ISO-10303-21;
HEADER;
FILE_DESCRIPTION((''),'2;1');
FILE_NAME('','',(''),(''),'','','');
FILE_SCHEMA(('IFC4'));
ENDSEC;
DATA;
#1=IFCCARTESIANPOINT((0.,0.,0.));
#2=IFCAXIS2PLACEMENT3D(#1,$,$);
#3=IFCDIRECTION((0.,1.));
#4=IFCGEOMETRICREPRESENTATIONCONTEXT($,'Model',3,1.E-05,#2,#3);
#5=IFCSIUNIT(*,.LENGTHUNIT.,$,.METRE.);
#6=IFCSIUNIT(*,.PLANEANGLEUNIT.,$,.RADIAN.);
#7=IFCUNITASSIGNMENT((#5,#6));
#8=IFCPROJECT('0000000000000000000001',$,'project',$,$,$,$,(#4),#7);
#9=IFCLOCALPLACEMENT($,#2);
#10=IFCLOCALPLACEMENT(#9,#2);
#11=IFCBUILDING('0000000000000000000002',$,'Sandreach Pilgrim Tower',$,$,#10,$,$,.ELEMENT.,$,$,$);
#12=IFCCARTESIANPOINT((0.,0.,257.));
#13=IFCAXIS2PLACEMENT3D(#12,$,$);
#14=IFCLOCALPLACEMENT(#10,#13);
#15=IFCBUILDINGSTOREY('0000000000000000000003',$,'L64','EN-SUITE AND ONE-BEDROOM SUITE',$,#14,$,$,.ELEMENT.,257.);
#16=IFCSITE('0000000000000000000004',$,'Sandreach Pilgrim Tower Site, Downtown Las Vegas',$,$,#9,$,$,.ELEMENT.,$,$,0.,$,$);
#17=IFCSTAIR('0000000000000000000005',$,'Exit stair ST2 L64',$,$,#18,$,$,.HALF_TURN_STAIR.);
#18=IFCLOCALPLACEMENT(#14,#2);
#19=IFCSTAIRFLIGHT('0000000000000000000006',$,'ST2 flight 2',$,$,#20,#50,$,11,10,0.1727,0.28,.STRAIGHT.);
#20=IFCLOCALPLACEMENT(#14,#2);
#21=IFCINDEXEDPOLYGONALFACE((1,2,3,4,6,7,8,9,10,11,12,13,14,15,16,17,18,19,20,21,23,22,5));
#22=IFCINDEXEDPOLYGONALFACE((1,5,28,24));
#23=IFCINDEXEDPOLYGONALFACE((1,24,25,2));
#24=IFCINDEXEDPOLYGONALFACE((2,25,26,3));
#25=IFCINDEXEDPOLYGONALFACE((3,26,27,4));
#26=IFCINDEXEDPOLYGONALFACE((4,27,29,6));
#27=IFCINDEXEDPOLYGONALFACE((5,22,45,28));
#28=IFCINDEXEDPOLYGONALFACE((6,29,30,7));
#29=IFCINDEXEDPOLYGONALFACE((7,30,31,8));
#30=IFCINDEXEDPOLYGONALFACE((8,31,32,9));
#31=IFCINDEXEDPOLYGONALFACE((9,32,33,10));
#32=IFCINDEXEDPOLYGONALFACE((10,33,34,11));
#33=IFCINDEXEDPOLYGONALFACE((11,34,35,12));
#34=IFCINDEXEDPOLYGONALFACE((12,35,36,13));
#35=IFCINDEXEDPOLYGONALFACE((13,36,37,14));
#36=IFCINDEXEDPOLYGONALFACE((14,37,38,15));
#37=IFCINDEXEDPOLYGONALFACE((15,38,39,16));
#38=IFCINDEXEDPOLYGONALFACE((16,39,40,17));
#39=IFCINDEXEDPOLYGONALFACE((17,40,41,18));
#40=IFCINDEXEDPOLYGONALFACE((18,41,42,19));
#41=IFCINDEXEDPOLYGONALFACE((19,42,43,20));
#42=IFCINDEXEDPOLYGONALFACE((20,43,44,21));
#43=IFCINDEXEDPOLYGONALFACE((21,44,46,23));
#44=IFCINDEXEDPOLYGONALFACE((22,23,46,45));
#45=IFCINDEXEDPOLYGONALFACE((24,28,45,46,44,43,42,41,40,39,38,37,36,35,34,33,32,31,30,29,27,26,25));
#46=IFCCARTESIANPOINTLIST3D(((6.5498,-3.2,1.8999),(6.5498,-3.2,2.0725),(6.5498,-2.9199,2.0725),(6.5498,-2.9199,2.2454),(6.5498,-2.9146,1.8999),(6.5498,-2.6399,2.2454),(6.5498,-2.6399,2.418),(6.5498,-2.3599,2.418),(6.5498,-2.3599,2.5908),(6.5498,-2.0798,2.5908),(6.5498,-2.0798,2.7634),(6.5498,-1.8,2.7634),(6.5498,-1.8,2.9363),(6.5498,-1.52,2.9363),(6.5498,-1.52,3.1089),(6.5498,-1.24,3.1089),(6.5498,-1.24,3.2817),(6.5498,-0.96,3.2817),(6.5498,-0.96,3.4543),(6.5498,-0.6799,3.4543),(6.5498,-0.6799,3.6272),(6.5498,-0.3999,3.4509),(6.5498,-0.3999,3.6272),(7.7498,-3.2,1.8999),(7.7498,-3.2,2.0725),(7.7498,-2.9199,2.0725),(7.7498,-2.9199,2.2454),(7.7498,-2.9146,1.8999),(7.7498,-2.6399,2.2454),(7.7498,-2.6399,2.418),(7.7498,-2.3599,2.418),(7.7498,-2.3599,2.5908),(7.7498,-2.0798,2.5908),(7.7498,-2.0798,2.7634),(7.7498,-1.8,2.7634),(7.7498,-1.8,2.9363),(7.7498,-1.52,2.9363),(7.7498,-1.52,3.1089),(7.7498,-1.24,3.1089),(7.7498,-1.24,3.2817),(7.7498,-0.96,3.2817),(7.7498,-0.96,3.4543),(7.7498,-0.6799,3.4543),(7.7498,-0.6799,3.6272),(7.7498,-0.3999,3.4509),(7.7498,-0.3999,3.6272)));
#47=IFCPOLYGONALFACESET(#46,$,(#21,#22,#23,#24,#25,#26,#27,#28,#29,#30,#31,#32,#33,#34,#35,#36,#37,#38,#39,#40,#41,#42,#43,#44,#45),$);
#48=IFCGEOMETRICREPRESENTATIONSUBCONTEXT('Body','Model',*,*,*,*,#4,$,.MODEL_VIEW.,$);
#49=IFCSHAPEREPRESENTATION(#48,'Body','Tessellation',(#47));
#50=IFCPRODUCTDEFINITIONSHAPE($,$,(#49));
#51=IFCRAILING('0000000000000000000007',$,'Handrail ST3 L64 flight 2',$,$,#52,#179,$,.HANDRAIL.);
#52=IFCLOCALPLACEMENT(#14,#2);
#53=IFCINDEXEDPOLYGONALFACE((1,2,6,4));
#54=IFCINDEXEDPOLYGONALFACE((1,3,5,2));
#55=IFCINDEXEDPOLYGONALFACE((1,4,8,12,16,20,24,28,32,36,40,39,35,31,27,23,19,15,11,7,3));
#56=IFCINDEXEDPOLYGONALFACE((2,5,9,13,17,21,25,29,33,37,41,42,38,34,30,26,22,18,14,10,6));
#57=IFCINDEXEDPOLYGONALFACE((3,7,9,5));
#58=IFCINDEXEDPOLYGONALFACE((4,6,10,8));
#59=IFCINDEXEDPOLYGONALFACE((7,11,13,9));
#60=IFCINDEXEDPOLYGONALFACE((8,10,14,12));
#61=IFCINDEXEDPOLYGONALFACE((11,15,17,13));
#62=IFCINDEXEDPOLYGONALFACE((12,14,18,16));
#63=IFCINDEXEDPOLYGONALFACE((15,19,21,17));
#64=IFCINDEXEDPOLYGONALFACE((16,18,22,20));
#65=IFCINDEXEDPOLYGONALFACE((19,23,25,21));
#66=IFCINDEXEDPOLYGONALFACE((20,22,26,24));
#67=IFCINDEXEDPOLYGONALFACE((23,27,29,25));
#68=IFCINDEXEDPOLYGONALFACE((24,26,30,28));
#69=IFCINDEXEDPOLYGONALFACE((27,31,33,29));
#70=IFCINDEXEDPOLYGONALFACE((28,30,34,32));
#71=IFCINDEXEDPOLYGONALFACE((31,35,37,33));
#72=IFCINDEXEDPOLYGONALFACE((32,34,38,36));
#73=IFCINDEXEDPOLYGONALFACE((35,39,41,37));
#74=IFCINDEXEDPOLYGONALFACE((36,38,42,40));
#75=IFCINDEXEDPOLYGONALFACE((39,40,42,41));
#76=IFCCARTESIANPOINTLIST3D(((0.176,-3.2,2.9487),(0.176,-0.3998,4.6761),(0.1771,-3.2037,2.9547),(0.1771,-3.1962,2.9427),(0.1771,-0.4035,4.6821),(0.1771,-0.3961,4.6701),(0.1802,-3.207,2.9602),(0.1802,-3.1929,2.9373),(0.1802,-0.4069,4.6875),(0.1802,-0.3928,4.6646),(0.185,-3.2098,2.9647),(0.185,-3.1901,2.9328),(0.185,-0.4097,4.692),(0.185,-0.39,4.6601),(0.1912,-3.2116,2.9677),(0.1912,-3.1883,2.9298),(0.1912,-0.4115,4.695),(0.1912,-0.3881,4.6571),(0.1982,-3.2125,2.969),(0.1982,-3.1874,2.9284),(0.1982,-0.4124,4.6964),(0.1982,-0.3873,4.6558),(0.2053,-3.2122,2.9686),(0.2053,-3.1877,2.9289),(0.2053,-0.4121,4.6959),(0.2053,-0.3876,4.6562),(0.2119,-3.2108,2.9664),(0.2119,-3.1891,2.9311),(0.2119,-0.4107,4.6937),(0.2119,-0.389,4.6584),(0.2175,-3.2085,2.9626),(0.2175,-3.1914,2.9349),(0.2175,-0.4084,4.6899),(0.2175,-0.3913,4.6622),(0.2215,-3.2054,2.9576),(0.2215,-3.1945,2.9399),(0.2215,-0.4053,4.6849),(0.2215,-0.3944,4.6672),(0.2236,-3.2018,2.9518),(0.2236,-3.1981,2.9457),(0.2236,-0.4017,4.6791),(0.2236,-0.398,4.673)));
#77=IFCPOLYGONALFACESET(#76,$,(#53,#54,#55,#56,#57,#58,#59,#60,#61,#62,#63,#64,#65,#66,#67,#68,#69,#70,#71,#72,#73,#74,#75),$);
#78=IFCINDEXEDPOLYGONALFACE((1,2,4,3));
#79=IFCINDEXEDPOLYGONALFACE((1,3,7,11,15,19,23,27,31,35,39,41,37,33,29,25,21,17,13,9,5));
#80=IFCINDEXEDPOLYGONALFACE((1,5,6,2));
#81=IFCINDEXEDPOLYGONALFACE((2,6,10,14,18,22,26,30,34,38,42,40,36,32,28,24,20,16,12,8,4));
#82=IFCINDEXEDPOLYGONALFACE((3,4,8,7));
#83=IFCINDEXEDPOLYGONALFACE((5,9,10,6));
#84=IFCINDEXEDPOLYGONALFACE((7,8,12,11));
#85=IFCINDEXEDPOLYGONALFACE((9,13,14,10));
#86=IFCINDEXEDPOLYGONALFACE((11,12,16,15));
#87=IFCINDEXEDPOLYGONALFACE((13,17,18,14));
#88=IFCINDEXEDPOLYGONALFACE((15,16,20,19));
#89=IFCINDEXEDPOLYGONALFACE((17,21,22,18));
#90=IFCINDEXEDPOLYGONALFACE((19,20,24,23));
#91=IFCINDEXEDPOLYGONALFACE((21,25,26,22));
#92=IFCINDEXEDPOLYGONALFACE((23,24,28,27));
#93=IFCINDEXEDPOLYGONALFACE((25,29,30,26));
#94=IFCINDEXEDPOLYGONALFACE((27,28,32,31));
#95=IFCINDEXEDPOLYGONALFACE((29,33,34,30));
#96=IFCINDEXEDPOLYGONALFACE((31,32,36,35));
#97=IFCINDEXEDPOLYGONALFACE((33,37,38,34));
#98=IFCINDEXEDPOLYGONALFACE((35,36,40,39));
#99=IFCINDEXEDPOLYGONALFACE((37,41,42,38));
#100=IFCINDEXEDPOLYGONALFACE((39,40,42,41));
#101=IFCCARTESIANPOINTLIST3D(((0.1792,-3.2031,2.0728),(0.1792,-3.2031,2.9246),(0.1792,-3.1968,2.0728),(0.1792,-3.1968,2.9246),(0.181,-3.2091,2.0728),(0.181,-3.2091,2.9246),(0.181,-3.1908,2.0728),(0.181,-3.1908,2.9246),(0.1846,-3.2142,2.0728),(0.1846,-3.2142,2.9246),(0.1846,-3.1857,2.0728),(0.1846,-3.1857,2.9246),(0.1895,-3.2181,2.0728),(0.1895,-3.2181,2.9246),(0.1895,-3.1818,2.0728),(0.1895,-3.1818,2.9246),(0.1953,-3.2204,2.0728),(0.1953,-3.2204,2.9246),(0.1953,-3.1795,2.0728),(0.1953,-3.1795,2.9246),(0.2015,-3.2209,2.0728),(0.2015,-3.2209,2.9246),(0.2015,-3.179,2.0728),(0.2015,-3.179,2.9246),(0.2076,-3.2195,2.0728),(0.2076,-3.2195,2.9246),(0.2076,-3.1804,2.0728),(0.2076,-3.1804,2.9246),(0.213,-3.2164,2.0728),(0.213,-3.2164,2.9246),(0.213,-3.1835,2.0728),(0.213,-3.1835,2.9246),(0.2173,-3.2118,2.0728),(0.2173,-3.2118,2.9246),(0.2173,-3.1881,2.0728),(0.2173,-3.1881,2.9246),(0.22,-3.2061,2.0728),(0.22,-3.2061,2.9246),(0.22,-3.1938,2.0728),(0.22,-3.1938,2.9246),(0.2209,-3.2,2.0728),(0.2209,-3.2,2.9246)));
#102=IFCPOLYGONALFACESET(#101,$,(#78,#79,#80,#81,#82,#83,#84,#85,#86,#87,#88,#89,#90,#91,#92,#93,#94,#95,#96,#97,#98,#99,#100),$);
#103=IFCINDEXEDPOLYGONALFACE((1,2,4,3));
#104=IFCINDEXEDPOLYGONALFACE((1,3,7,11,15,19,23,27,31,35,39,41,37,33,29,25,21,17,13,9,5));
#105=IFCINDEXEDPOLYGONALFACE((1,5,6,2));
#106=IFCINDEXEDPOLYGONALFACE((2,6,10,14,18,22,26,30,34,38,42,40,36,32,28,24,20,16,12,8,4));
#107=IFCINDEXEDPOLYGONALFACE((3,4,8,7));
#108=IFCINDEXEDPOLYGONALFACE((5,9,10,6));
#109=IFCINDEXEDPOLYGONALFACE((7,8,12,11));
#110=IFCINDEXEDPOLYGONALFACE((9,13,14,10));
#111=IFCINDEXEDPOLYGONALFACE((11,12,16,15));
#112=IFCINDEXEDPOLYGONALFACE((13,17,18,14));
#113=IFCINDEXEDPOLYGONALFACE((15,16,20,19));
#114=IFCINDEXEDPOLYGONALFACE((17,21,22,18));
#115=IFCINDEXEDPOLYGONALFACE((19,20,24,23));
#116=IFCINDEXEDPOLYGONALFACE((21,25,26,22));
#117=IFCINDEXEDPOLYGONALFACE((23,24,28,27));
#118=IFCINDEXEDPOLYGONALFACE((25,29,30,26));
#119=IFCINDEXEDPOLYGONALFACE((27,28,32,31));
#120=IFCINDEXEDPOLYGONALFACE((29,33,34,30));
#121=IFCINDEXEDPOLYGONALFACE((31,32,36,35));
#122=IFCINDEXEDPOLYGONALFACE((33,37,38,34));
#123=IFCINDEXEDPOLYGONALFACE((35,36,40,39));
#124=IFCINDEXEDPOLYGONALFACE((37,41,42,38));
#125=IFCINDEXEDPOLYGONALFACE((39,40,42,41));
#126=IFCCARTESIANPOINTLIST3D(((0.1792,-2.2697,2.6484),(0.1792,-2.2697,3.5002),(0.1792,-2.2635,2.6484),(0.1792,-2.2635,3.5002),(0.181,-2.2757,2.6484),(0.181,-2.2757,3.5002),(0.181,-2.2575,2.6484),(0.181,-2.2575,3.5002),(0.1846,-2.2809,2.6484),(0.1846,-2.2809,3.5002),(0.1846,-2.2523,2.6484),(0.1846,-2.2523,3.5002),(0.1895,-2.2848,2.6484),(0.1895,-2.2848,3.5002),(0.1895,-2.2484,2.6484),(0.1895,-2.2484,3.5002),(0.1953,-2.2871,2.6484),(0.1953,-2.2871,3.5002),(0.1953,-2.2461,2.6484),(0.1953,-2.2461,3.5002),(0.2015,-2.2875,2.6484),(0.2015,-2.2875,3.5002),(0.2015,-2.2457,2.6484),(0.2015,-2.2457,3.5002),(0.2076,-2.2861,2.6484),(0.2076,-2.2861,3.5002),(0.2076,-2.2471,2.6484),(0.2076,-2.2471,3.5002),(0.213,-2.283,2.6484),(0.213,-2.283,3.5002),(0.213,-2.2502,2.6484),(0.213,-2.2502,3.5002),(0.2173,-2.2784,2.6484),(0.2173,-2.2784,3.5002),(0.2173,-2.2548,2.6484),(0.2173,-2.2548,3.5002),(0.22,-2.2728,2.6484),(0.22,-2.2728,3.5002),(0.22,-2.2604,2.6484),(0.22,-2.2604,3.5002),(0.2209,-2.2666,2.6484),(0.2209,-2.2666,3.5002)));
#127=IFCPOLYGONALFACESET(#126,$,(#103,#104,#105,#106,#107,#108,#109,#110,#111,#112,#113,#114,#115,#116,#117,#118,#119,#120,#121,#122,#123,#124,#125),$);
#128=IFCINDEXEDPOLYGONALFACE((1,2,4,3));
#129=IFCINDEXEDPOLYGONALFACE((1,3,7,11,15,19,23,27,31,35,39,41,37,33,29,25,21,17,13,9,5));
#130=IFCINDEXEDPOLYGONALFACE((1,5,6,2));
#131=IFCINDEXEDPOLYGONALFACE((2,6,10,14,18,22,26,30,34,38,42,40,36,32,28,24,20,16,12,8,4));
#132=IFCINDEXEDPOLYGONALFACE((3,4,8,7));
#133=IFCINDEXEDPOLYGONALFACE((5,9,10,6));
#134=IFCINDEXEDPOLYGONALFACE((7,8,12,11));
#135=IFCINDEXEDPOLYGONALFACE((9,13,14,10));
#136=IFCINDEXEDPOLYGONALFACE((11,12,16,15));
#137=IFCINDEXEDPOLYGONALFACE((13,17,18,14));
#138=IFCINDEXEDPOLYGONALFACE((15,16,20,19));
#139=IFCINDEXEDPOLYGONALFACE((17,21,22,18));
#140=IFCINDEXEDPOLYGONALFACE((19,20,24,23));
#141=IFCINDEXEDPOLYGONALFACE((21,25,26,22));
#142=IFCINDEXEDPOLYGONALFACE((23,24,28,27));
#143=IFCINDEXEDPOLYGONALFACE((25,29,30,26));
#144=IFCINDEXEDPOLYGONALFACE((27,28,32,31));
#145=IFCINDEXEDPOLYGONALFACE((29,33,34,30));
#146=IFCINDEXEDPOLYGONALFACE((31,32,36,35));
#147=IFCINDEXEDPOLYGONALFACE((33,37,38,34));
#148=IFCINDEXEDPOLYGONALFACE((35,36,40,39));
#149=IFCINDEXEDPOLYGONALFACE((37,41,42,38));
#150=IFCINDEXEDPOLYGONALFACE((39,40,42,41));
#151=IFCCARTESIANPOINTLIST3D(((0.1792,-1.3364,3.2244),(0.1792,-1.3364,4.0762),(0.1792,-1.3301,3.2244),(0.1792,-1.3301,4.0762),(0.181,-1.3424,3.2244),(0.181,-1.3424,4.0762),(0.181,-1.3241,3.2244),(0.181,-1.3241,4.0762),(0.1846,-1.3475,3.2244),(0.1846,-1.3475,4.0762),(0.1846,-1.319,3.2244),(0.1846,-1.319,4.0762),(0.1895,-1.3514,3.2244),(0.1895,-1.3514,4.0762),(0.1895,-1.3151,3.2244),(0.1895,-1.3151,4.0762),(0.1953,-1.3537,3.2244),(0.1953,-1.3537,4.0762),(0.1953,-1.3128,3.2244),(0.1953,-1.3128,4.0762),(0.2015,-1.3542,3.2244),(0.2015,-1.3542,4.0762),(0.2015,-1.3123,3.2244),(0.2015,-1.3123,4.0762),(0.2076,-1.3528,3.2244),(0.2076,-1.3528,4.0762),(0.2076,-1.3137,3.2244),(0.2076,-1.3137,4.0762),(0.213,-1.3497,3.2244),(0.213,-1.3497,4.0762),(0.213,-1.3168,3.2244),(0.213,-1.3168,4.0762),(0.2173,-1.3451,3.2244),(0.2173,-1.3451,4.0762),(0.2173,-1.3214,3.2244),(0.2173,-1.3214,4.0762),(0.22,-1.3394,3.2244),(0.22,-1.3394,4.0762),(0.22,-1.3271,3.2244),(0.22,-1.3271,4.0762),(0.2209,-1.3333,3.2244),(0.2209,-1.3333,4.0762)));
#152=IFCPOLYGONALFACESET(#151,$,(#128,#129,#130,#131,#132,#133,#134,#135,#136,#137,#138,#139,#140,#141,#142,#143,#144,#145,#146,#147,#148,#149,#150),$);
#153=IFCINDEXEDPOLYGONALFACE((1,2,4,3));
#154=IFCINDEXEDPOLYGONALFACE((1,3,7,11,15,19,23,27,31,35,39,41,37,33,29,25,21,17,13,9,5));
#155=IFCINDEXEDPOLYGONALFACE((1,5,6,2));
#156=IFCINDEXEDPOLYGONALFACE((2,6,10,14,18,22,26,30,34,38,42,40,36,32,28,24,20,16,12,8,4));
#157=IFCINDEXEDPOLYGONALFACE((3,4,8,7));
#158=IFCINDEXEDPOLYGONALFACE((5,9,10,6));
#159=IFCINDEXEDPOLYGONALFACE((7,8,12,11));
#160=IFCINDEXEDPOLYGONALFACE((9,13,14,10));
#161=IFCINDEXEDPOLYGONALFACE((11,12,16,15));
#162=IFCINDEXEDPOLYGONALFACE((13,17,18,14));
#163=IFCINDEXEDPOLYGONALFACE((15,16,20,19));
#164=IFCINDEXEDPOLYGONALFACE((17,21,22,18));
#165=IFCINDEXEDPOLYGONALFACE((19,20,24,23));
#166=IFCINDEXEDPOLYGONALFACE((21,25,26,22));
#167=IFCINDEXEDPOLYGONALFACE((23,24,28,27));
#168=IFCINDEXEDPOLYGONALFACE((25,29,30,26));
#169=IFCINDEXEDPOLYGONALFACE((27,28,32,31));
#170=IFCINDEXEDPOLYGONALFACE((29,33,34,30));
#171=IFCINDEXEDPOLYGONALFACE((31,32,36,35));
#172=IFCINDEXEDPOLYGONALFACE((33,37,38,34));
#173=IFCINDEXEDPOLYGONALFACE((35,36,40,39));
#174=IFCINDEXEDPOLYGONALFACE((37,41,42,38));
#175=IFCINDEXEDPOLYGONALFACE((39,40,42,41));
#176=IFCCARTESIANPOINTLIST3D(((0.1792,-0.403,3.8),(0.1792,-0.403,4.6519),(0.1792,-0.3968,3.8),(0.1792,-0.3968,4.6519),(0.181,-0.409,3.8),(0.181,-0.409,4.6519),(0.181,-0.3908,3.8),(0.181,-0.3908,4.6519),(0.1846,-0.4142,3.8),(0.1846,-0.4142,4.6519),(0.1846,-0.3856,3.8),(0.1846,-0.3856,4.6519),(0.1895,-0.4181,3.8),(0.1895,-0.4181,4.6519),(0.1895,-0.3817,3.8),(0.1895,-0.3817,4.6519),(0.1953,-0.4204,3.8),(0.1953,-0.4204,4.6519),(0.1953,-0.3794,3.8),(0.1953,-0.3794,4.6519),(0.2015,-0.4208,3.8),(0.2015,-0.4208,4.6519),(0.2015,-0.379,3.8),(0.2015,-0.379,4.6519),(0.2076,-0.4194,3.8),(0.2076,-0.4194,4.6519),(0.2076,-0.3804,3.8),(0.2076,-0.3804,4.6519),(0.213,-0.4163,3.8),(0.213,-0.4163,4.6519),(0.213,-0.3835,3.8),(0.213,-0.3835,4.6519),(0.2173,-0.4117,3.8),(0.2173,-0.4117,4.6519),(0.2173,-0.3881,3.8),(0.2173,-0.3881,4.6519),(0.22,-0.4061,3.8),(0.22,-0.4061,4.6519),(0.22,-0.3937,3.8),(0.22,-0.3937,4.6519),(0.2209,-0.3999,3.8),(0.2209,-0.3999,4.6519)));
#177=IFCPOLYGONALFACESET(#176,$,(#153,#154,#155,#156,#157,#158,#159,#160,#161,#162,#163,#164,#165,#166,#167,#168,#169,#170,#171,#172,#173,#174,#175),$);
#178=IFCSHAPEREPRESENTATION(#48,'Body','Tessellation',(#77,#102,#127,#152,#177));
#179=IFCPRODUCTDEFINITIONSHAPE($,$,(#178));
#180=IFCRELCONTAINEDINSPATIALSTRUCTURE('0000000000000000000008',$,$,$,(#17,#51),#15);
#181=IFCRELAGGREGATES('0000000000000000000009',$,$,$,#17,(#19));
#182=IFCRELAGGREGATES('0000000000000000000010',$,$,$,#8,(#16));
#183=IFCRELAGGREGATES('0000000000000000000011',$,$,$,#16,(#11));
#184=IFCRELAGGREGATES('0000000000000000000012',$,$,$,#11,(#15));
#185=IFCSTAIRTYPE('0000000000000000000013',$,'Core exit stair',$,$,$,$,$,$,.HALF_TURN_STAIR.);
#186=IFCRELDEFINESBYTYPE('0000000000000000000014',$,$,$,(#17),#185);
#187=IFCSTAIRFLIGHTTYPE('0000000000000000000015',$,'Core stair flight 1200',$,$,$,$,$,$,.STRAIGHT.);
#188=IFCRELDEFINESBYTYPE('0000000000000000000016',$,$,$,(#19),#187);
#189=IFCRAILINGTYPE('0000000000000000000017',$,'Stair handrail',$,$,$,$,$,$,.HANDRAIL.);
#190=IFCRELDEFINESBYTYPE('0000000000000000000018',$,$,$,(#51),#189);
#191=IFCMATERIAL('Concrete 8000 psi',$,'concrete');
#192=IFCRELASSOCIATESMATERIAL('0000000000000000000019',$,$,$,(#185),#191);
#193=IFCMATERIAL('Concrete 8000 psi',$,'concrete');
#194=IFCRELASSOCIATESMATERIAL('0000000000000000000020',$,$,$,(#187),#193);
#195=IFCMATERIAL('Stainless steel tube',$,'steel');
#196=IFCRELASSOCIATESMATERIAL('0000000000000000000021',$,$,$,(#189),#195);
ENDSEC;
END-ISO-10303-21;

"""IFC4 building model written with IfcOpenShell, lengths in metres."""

from ifc_helpers import new_model, si_unit, direction, frame, origin, origin_2d, place, context, subcontext, project, spatial, polyline, circle, outline, extrude, material, type_object, element, aggregate, save


model = new_model("IFC4")

# Units and contexts
model_context = context("Model", 3, precision=1e-05, world=origin(), true_north=direction((0.0, 1.0)))
body_context = subcontext(model_context, "Body", "Model", "MODEL_VIEW")
ifc_project = project(units=[si_unit("LENGTHUNIT", "METRE"), si_unit("PLANEANGLEUNIT", "RADIAN")], contexts=[model_context])

# Site, building, storey
site_placement = place(None, origin())
site = spatial("IfcSite", under=ifc_project, at=site_placement, Name="Sandreach Pilgrim Tower Site, Downtown Las Vegas", CompositionType="ELEMENT", RefElevation=0.0)
building_placement = place(site_placement, origin())
building = spatial("IfcBuilding", under=site, at=building_placement, Name="Sandreach Pilgrim Tower", CompositionType="ELEMENT")
storey_placement = place(building_placement, frame((0.0, 0.0, 257.0)))
storey = spatial("IfcBuildingStorey", under=building, at=storey_placement, Name="L64", Description="EN-SUITE AND ONE-BEDROOM SUITE", CompositionType="ELEMENT", Elevation=257.0)

# Stair
ifc_material_1 = material(Name="Concrete 8000 psi", Category="concrete")
stair_type = type_object("IfcStairType", Name="Core exit stair", PredefinedType="HALF_TURN_STAIR", material=ifc_material_1)
stair_1_placement = place(storey_placement, origin())
stair_1 = element("IfcStair", 1, at=stair_1_placement, inside=storey, type_object=stair_type, Name="Exit stair ST2 L64", PredefinedType="HALF_TURN_STAIR")

# Stair flight
ifc_material_2 = material(Name="Concrete 8000 psi", Category="concrete")
stair_flight_type = type_object("IfcStairFlightType", Name="Core stair flight 1200", PredefinedType="STRAIGHT", material=ifc_material_2)
stair_flight_1_placement = place(storey_placement, frame((7.1499, -3.2, 1.8999), z_axis=(0.0, 0.0, 1.0), x_axis=(0.0, 1.0, 0.0)))
stair_flight_1 = element("IfcStairFlight", 2, at=stair_flight_1_placement, type_object=stair_flight_type, Name="ST2 flight 2", NumberOfRisers=11, NumberOfTreads=10, PredefinedType="STRAIGHT", RiserHeight=0.1727, TreadLength=0.28, context=body_context, shape_type="SweptSolid", body=[
    extrude(outline(polyline([(0.0, 0.0), (0.0, 0.1726), (0.28, 0.1726), (0.28, 0.3455), (0.5601, 0.3455), (0.5601, 0.5181), (0.8401, 0.5181), (0.8401, 0.6909), (1.1201, 0.6909), (1.1201, 0.8635), (1.3999, 0.8635), (1.3999, 1.0364), (1.6799, 1.0364), (1.6799, 1.209), (1.96, 1.209), (1.96, 1.3818), (2.24, 1.3818), (2.24, 1.5544), (2.52, 1.5544), (2.52, 1.7273), (2.8, 1.7273), (2.8, 1.8999), (2.8, 1.551), (0.2854, 0.0), (0.0, 0.0)])), frame((0.0, 0.6001, 0.0), z_axis=(0.0, -1.0, 0.0), x_axis=(1.0, 0.0, 0.0)), (0.0, 0.0, 1.0), 1.2),
])
aggregate(stair_1, [stair_flight_1])

# Railing
ifc_material_3 = material(Name="Stainless steel tube", Category="steel")
railing_type = type_object("IfcRailingType", Name="Stair handrail", PredefinedType="HANDRAIL", material=ifc_material_3)
for number, where, name in (
    (3, (0.2, -3.2, 2.0728), "Handrail ST3 L64 flight 2"),
):
    element("IfcRailing", number, at=place(storey_placement, frame(where)), inside=storey, type_object=railing_type, Name=name, PredefinedType="HANDRAIL", context=body_context, shape_type="SweptSolid", body=[
        extrude(circle(Radius=0.0239, at=origin_2d()), frame((0.0, 0.0, 0.876), z_axis=(0.0, 0.85109, 0.52502), x_axis=(-1.0, 0.0, 0.0)), (0.0, 0.0, 1.0), 3.29),
        extrude(circle(Radius=0.021, at=origin_2d()), origin(), (0.0, 0.0, 1.0), 0.8518),
        extrude(circle(Radius=0.021, at=origin_2d()), frame((0.0, 0.9333, 0.5757)), (0.0, 0.0, 1.0), 0.8518),
        extrude(circle(Radius=0.021, at=origin_2d()), frame((0.0, 1.8667, 1.1516)), (0.0, 0.0, 1.0), 0.8518),
        extrude(circle(Radius=0.021, at=origin_2d()), frame((0.0, 2.8, 1.7273)), (0.0, 0.0, 1.0), 0.8518),
    ])

save(model, "model.ifc")
